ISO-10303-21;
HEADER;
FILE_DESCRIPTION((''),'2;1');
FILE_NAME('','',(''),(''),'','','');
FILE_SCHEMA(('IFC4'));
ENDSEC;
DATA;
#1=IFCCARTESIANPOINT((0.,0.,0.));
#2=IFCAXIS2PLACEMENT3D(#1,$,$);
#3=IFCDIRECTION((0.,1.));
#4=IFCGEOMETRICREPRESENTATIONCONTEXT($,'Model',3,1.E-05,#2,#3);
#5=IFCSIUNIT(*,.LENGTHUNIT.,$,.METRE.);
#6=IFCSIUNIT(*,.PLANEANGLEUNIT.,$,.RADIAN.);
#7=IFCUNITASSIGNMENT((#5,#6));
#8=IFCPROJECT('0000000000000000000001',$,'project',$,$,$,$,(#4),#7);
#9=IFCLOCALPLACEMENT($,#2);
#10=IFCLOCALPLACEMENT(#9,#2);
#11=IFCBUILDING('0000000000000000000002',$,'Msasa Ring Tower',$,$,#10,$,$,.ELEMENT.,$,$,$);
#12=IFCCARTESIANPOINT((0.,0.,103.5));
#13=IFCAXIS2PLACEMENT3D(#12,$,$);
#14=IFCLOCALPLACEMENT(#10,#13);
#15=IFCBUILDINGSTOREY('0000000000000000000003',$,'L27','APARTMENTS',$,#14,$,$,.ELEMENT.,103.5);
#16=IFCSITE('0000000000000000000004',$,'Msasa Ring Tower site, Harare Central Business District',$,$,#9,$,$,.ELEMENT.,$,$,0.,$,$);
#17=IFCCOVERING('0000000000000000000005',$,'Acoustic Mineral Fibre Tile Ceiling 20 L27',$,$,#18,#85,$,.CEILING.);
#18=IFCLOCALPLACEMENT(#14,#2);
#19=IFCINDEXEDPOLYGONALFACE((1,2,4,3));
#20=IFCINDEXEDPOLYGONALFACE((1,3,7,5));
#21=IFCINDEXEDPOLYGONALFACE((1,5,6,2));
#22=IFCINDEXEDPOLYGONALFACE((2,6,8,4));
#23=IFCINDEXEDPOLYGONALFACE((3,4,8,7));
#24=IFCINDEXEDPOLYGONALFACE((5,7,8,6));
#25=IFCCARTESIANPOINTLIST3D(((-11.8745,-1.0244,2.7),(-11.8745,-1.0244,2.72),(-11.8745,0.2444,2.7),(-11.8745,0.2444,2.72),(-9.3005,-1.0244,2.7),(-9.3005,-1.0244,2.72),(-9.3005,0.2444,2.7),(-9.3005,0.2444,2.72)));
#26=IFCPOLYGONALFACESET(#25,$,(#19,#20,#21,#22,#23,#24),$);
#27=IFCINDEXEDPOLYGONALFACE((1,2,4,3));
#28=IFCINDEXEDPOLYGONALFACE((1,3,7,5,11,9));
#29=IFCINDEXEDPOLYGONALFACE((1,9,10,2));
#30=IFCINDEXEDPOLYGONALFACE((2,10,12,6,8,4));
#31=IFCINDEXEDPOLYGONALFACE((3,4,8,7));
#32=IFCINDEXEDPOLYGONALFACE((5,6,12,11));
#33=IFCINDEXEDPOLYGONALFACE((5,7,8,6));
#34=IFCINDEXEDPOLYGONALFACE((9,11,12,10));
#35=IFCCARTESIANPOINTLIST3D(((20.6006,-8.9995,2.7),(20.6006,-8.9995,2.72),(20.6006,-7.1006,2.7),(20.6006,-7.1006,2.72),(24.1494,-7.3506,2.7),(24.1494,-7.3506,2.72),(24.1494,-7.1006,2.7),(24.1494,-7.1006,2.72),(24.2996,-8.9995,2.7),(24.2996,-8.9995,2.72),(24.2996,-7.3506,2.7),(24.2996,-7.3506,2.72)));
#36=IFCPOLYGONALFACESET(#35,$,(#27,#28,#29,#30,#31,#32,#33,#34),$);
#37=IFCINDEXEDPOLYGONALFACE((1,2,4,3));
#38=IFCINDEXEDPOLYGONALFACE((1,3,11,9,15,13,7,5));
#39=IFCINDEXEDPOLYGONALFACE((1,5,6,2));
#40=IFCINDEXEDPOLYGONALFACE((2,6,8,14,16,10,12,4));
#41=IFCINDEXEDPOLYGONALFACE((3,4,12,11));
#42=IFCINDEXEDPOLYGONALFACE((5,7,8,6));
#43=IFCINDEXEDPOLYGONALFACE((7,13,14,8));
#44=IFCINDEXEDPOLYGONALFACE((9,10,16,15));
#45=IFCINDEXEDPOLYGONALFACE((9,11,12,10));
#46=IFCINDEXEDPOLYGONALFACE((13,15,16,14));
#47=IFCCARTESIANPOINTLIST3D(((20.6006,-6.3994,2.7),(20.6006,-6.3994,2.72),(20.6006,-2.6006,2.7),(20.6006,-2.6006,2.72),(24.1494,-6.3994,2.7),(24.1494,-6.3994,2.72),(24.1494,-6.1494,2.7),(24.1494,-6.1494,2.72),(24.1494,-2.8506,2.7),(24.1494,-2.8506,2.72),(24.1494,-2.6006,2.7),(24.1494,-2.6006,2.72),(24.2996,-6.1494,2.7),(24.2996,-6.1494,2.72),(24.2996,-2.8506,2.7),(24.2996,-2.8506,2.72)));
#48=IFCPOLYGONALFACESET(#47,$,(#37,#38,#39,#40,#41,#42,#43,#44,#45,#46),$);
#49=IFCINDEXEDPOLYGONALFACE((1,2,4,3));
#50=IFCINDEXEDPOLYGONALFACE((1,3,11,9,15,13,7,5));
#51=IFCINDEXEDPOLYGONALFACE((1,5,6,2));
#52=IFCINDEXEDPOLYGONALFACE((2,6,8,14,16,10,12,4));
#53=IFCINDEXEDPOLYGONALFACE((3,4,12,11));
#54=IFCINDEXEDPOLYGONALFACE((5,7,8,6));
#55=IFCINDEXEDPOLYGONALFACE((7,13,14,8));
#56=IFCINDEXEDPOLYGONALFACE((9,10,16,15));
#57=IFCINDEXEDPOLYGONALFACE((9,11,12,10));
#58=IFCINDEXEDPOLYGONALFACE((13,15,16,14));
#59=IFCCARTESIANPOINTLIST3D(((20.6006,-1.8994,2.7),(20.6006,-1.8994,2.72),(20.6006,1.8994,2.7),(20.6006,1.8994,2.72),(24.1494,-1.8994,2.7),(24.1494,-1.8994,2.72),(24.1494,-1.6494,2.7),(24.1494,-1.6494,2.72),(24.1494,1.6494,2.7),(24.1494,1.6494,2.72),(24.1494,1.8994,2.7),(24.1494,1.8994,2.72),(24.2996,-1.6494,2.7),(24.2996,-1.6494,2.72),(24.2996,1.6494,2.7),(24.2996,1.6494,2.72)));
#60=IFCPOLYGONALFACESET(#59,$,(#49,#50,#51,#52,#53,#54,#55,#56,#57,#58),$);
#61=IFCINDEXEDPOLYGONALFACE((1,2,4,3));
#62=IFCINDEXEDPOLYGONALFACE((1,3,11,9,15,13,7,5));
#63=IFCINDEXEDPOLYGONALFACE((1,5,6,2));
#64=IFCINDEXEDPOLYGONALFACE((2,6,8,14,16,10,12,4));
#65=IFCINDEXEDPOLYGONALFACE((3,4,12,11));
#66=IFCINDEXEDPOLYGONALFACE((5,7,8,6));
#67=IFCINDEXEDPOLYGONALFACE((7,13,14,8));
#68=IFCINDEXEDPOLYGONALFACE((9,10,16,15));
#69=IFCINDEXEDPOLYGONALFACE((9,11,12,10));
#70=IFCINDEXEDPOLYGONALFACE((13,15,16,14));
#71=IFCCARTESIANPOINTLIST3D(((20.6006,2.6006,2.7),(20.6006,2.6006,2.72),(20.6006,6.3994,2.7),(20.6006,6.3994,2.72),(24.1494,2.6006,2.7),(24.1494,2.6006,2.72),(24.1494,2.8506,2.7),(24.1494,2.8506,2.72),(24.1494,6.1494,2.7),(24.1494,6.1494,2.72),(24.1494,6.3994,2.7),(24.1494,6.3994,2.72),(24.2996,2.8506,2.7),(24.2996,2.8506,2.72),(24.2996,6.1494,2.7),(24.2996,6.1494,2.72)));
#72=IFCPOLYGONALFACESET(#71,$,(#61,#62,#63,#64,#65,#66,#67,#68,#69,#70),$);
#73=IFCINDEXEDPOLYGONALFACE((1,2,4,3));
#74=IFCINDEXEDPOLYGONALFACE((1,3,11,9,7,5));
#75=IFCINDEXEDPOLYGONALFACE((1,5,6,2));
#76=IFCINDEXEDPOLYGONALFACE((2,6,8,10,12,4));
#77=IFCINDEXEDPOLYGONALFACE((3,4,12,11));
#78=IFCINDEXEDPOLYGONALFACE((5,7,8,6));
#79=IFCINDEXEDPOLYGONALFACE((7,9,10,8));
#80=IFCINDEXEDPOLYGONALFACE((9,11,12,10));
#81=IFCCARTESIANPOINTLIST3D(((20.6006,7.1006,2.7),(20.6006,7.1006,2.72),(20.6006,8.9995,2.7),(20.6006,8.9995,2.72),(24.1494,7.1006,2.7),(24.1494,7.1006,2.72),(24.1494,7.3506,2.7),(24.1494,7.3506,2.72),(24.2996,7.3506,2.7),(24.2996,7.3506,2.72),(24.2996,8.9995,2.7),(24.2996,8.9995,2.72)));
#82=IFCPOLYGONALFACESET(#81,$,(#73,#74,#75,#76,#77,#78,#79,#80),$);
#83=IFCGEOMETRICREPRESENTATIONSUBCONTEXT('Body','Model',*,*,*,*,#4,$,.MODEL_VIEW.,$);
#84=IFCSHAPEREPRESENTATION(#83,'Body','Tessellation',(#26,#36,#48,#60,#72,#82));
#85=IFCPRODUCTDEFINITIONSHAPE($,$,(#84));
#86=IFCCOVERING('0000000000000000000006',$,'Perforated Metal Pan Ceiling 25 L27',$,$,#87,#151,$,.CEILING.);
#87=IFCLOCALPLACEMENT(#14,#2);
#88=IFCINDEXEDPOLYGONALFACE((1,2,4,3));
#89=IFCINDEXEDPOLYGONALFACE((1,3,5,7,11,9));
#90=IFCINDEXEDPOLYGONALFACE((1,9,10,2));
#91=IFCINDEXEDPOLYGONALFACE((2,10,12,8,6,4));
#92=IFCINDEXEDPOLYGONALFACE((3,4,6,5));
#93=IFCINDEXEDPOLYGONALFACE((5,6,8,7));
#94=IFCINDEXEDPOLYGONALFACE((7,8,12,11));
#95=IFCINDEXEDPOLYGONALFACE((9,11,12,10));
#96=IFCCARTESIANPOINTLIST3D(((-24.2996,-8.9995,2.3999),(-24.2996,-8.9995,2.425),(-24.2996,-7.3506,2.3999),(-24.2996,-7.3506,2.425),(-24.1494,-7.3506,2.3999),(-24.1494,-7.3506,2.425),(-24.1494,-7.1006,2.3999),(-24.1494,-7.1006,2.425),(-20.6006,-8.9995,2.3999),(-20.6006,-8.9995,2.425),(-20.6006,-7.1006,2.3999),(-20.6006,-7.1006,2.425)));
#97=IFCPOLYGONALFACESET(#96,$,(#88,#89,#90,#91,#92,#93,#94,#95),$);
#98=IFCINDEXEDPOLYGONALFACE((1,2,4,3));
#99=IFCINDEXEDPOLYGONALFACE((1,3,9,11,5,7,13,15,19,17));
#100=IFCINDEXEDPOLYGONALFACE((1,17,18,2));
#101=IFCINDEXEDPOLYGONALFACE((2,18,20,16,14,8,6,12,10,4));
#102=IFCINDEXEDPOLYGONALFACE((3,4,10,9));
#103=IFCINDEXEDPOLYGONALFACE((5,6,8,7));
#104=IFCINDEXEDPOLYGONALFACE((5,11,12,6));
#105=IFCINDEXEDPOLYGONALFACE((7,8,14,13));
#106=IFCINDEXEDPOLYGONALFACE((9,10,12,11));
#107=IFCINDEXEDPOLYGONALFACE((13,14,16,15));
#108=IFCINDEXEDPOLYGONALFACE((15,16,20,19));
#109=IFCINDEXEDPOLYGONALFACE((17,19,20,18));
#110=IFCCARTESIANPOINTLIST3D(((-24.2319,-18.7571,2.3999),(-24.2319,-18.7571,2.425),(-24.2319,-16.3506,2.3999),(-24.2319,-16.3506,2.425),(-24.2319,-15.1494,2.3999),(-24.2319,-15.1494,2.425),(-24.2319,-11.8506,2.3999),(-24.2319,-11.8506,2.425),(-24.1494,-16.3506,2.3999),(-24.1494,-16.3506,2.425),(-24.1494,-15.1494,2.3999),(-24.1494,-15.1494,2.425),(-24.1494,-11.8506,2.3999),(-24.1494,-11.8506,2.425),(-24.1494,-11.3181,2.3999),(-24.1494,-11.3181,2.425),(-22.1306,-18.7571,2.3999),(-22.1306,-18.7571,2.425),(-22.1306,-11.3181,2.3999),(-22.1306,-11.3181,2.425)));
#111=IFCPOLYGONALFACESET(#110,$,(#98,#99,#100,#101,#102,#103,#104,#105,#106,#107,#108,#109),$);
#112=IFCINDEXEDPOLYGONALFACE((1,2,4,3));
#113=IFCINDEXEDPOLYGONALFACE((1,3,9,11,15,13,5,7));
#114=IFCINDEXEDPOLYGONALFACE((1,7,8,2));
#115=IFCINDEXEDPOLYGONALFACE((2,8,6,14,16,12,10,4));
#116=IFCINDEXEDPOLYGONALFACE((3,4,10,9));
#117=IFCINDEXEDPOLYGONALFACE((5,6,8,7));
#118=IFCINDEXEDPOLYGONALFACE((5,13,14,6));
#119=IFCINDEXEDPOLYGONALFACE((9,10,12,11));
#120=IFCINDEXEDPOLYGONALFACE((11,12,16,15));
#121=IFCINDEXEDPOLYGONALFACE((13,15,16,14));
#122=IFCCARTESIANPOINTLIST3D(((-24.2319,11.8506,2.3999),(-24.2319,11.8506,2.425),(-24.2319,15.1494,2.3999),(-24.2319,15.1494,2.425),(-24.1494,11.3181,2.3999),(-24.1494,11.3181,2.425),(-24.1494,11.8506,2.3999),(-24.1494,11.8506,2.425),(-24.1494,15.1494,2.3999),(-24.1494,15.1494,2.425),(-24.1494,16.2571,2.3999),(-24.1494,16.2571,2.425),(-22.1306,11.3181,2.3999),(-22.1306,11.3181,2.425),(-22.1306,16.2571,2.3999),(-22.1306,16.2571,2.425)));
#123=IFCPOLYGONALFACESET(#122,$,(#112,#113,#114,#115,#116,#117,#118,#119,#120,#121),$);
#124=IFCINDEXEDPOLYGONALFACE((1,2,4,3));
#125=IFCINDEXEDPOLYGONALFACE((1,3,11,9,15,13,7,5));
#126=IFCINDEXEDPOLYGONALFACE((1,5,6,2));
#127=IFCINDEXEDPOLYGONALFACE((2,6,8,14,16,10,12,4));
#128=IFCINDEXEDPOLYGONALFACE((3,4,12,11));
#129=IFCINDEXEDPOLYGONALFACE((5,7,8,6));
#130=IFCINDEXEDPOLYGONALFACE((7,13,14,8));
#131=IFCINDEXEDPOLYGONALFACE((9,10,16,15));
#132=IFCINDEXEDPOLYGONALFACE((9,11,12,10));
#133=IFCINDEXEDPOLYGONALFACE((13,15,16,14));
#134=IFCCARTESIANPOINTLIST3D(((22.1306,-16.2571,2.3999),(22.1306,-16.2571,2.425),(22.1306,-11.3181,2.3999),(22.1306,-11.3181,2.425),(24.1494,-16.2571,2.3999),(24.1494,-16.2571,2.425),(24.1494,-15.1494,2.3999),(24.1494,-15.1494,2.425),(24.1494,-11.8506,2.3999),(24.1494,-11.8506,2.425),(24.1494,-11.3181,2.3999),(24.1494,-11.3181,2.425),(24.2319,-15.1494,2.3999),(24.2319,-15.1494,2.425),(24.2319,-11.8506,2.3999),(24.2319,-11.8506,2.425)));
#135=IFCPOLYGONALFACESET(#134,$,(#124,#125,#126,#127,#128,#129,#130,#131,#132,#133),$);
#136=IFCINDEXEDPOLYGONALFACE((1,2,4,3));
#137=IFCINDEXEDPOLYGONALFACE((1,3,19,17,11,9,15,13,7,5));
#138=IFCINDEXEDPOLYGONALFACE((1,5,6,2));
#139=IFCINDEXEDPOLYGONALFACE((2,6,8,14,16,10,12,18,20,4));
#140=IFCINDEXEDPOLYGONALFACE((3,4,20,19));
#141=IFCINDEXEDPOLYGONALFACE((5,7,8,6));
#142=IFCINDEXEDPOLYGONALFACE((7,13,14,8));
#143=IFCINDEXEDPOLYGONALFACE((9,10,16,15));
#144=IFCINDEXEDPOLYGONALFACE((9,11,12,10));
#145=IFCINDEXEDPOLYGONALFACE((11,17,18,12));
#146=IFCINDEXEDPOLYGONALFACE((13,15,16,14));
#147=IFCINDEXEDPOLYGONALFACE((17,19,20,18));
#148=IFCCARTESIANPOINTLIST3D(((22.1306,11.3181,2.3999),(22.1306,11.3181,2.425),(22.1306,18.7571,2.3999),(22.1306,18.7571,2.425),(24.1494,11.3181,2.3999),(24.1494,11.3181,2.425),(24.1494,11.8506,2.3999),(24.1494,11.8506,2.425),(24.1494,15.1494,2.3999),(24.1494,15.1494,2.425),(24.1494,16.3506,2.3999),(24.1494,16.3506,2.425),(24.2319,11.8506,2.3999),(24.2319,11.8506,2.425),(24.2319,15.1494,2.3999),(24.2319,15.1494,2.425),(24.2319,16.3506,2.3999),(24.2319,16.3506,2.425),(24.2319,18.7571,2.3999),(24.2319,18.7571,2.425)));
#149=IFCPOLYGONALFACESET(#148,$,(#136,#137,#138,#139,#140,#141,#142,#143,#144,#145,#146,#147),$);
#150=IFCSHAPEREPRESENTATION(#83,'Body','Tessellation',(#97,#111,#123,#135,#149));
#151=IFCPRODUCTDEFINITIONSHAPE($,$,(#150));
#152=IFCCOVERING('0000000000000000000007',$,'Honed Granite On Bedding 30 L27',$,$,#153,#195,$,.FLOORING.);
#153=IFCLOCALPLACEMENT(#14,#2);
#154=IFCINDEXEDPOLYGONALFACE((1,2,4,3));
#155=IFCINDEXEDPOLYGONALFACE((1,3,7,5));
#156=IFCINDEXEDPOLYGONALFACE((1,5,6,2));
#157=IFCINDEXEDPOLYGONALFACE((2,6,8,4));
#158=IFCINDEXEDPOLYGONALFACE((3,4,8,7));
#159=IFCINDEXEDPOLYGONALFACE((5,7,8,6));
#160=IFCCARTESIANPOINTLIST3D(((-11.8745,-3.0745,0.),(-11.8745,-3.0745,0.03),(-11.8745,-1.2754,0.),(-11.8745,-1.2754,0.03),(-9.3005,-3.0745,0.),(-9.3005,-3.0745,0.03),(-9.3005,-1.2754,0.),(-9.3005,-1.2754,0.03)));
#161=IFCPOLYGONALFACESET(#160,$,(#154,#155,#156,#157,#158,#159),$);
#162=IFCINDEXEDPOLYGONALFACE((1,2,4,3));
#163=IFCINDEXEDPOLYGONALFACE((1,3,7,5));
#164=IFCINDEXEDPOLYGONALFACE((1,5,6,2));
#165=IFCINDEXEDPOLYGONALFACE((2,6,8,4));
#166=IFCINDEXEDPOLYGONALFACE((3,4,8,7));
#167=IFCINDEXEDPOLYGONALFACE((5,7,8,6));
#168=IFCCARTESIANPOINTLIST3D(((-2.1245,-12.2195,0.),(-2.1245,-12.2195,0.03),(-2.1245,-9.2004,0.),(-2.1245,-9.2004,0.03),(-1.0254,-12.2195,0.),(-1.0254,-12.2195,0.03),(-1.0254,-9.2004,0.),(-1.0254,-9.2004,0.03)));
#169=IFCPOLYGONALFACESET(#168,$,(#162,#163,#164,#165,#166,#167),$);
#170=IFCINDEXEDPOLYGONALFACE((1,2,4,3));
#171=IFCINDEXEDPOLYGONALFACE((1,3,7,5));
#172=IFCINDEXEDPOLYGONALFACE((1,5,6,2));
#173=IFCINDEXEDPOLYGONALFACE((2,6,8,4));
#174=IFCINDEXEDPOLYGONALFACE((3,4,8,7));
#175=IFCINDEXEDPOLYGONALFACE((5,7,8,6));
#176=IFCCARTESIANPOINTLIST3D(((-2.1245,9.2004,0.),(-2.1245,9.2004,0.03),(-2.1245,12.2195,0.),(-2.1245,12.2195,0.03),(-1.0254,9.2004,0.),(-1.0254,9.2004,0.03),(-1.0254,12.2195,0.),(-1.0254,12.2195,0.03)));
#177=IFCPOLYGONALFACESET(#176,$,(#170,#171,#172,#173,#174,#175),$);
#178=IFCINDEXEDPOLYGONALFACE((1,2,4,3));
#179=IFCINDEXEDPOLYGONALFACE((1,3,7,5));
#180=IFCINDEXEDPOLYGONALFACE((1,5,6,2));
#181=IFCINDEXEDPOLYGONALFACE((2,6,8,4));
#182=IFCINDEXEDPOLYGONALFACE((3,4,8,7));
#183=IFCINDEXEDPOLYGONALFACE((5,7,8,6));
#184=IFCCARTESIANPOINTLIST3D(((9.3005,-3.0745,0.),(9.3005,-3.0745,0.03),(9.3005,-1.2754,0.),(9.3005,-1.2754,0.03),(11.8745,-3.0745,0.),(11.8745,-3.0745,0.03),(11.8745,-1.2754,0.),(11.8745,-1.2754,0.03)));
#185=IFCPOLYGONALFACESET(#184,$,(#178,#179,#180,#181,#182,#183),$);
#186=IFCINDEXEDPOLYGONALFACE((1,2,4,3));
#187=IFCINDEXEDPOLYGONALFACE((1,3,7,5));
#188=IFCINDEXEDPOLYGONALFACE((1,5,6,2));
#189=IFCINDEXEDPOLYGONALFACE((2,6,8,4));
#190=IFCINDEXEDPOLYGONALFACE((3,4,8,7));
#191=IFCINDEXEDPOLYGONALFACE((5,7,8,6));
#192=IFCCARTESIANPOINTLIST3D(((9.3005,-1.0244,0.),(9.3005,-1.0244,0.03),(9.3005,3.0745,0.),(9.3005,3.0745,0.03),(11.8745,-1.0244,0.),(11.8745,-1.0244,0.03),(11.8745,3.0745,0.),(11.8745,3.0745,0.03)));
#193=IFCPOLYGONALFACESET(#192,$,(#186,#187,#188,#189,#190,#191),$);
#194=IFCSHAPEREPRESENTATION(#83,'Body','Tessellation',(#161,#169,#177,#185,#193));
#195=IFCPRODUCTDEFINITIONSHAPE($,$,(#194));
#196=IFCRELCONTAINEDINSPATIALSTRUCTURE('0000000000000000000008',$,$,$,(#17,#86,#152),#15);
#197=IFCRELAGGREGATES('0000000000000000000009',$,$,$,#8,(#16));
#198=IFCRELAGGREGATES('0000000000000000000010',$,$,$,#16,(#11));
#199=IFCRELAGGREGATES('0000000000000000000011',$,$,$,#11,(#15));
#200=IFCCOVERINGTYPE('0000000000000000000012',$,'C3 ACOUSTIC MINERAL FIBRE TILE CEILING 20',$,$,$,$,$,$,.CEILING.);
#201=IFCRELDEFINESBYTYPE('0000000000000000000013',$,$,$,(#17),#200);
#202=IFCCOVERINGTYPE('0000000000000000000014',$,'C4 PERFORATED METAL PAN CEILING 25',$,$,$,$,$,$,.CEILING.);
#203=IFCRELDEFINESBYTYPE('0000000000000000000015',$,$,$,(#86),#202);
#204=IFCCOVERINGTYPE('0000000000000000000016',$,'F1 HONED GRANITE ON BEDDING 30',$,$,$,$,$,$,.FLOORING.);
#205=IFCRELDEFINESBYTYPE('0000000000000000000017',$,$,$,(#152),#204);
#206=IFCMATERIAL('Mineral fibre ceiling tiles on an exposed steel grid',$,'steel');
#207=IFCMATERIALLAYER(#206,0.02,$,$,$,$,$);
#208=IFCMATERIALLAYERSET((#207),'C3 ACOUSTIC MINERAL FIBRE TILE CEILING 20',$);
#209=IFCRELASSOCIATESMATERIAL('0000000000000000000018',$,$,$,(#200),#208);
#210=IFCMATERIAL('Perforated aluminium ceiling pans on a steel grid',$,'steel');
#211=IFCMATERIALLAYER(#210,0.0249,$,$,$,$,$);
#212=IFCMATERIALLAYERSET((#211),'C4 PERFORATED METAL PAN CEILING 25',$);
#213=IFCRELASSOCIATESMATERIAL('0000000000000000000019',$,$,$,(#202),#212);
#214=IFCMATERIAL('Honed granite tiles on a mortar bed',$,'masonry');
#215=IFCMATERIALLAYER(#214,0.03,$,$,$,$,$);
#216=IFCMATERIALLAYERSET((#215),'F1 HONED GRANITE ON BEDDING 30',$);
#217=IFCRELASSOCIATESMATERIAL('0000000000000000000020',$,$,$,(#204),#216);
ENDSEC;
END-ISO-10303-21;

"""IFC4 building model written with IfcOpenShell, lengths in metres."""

from ifc_helpers import new_model, si_unit, direction, frame, origin, place, context, subcontext, project, spatial, line, indexed_curve, outline, extrude, material, layer, layer_set, type_object, element, save


model = new_model("IFC4")

# Units and contexts
model_context = context("Model", 3, precision=1e-05, world=origin(), true_north=direction((0.0, 1.0)))
body_context = subcontext(model_context, "Body", "Model", "MODEL_VIEW")
ifc_project = project(units=[si_unit("LENGTHUNIT", "METRE"), si_unit("PLANEANGLEUNIT", "RADIAN")], contexts=[model_context])

# Site, building, storey
site_placement = place(None, origin())
site = spatial("IfcSite", under=ifc_project, at=site_placement, Name="Msasa Ring Tower site, Harare Central Business District", CompositionType="ELEMENT", RefElevation=0.0)
building_placement = place(site_placement, origin())
building = spatial("IfcBuilding", under=site, at=building_placement, Name="Msasa Ring Tower", CompositionType="ELEMENT")
storey_placement = place(building_placement, frame((0.0, 0.0, 103.5)))
storey = spatial("IfcBuildingStorey", under=building, at=storey_placement, Name="L27", Description="APARTMENTS", CompositionType="ELEMENT", Elevation=103.5)

# Coverings
ifc_material_1 = material(Name="Mineral fibre ceiling tiles on an exposed steel grid", Category="steel")
ifc_layer_1 = layer(ifc_material_1, 0.02)
ifc_layer_set_1 = layer_set([ifc_layer_1], Name="C3 ACOUSTIC MINERAL FIBRE TILE CEILING 20")
covering_type_1 = type_object("IfcCoveringType", Name="C3 ACOUSTIC MINERAL FIBRE TILE CEILING 20", PredefinedType="CEILING", material=ifc_layer_set_1)
covering_1_placement = place(storey_placement, frame((0.0, 0.0, 2.7)))
element("IfcCovering", 1, at=covering_1_placement, inside=storey, type_object=covering_type_1, Name="Acoustic Mineral Fibre Tile Ceiling 20 L27", PredefinedType="CEILING", context=body_context, shape_type="SweptSolid", body=[
    extrude(outline(indexed_curve([(-9.3005, 0.2444), (-9.3005, -1.0244), (-11.8745, -1.0244), (-11.8745, 0.2444)], segments=[line(1, 2, 3, 4, 1)], self_intersect=False)), origin(), (0.0, 0.0, 1.0), 0.02),
    extrude(outline(indexed_curve([(20.6006, -7.1006), (24.1494, -7.1006), (24.1494, -7.3506), (24.2996, -7.3506), (24.2996, -8.9995), (20.6006, -8.9995)], segments=[line(1, 2, 3, 4, 5, 6, 1)], self_intersect=False)), origin(), (0.0, 0.0, 1.0), 0.02),
    extrude(outline(indexed_curve([(20.6006, -2.6006), (24.1494, -2.6006), (24.1494, -2.8506), (24.2996, -2.8506), (24.2996, -6.1494), (24.1494, -6.1494), (24.1494, -6.3994), (20.6006, -6.3994)], segments=[line(1, 2, 3, 4, 5, 6, 7, 8, 1)], self_intersect=False)), origin(), (0.0, 0.0, 1.0), 0.02),
    extrude(outline(indexed_curve([(20.6006, 1.8994), (24.1494, 1.8994), (24.1494, 1.6494), (24.2996, 1.6494), (24.2996, -1.6494), (24.1494, -1.6494), (24.1494, -1.8994), (20.6006, -1.8994)], segments=[line(1, 2, 3, 4, 5, 6, 7, 8, 1)], self_intersect=False)), origin(), (0.0, 0.0, 1.0), 0.02),
    extrude(outline(indexed_curve([(20.6006, 6.3994), (24.1494, 6.3994), (24.1494, 6.1494), (24.2996, 6.1494), (24.2996, 2.8506), (24.1494, 2.8506), (24.1494, 2.6006), (20.6006, 2.6006)], segments=[line(1, 2, 3, 4, 5, 6, 7, 8, 1)], self_intersect=False)), origin(), (0.0, 0.0, 1.0), 0.02),
    extrude(outline(indexed_curve([(20.6006, 8.9995), (24.2996, 8.9995), (24.2996, 7.3506), (24.1494, 7.3506), (24.1494, 7.1006), (20.6006, 7.1006)], segments=[line(1, 2, 3, 4, 5, 6, 1)], self_intersect=False)), origin(), (0.0, 0.0, 1.0), 0.02),
])
ifc_material_2 = material(Name="Perforated aluminium ceiling pans on a steel grid", Category="steel")
ifc_layer_2 = layer(ifc_material_2, 0.0249)
ifc_layer_set_2 = layer_set([ifc_layer_2], Name="C4 PERFORATED METAL PAN CEILING 25")
covering_type_2 = type_object("IfcCoveringType", Name="C4 PERFORATED METAL PAN CEILING 25", PredefinedType="CEILING", material=ifc_layer_set_2)
covering_2_placement = place(storey_placement, frame((0.0, 0.0, 2.3999)))
element("IfcCovering", 2, at=covering_2_placement, inside=storey, type_object=covering_type_2, Name="Perforated Metal Pan Ceiling 25 L27", PredefinedType="CEILING", context=body_context, shape_type="SweptSolid", body=[
    extrude(outline(indexed_curve([(-24.2996, -7.3506), (-24.1494, -7.3506), (-24.1494, -7.1006), (-20.6006, -7.1006), (-20.6006, -8.9995), (-24.2996, -8.9995)], segments=[line(1, 2, 3, 4, 5, 6, 1)], self_intersect=False)), origin(), (0.0, 0.0, 1.0), 0.0251),
    extrude(outline(indexed_curve([(-22.1306, -18.7571), (-24.2319, -18.7571), (-24.2319, -16.3506), (-24.1494, -16.3506), (-24.1494, -15.1494), (-24.2319, -15.1494), (-24.2319, -11.8506), (-24.1494, -11.8506), (-24.1494, -11.3181), (-22.1306, -11.3181)], segments=[line(1, 2, 3, 4, 5, 6, 7, 8, 9, 10, 1)], self_intersect=False)), origin(), (0.0, 0.0, 1.0), 0.0251),
    extrude(outline(indexed_curve([(-24.1494, 11.3181), (-24.1494, 11.8506), (-24.2319, 11.8506), (-24.2319, 15.1494), (-24.1494, 15.1494), (-24.1494, 16.2571), (-22.1306, 16.2571), (-22.1306, 11.3181)], segments=[line(1, 2, 3, 4, 5, 6, 7, 8, 1)], self_intersect=False)), origin(), (0.0, 0.0, 1.0), 0.0251),
    extrude(outline(indexed_curve([(24.2319, -15.1494), (24.1494, -15.1494), (24.1494, -16.2571), (22.1306, -16.2571), (22.1306, -11.3181), (24.1494, -11.3181), (24.1494, -11.8506), (24.2319, -11.8506)], segments=[line(1, 2, 3, 4, 5, 6, 7, 8, 1)], self_intersect=False)), origin(), (0.0, 0.0, 1.0), 0.0251),
    extrude(outline(indexed_curve([(22.1306, 11.3181), (22.1306, 18.7571), (24.2319, 18.7571), (24.2319, 16.3506), (24.1494, 16.3506), (24.1494, 15.1494), (24.2319, 15.1494), (24.2319, 11.8506), (24.1494, 11.8506), (24.1494, 11.3181)], segments=[line(1, 2, 3, 4, 5, 6, 7, 8, 9, 10, 1)], self_intersect=False)), origin(), (0.0, 0.0, 1.0), 0.0251),
])
ifc_material_3 = material(Name="Honed granite tiles on a mortar bed", Category="masonry")
ifc_layer_3 = layer(ifc_material_3, 0.03)
ifc_layer_set_3 = layer_set([ifc_layer_3], Name="F1 HONED GRANITE ON BEDDING 30")
covering_type_3 = type_object("IfcCoveringType", Name="F1 HONED GRANITE ON BEDDING 30", PredefinedType="FLOORING", material=ifc_layer_set_3)
covering_3_placement = place(storey_placement, origin())
element("IfcCovering", 3, at=covering_3_placement, inside=storey, type_object=covering_type_3, Name="Honed Granite On Bedding 30 L27", PredefinedType="FLOORING", context=body_context, shape_type="SweptSolid", body=[
    extrude(outline(indexed_curve([(-11.8745, -3.0745), (-11.8745, -1.2754), (-9.3005, -1.2754), (-9.3005, -3.0745)], segments=[line(1, 2, 3, 4, 1)], self_intersect=False)), origin(), (0.0, 0.0, 1.0), 0.03),
    extrude(outline(indexed_curve([(-2.1245, -12.2195), (-2.1245, -9.2004), (-1.0254, -9.2004), (-1.0254, -12.2195)], segments=[line(1, 2, 3, 4, 1)], self_intersect=False)), origin(), (0.0, 0.0, 1.0), 0.03),
    extrude(outline(indexed_curve([(-1.0254, 12.2195), (-1.0254, 9.2004), (-2.1245, 9.2004), (-2.1245, 12.2195)], segments=[line(1, 2, 3, 4, 1)], self_intersect=False)), origin(), (0.0, 0.0, 1.0), 0.03),
    extrude(outline(indexed_curve([(9.3005, -3.0745), (9.3005, -1.2754), (11.8745, -1.2754), (11.8745, -3.0745)], segments=[line(1, 2, 3, 4, 1)], self_intersect=False)), origin(), (0.0, 0.0, 1.0), 0.03),
    extrude(outline(indexed_curve([(9.3005, 3.0745), (11.8745, 3.0745), (11.8745, -1.0244), (9.3005, -1.0244)], segments=[line(1, 2, 3, 4, 1)], self_intersect=False)), origin(), (0.0, 0.0, 1.0), 0.03),
])

save(model, "model.ifc")
